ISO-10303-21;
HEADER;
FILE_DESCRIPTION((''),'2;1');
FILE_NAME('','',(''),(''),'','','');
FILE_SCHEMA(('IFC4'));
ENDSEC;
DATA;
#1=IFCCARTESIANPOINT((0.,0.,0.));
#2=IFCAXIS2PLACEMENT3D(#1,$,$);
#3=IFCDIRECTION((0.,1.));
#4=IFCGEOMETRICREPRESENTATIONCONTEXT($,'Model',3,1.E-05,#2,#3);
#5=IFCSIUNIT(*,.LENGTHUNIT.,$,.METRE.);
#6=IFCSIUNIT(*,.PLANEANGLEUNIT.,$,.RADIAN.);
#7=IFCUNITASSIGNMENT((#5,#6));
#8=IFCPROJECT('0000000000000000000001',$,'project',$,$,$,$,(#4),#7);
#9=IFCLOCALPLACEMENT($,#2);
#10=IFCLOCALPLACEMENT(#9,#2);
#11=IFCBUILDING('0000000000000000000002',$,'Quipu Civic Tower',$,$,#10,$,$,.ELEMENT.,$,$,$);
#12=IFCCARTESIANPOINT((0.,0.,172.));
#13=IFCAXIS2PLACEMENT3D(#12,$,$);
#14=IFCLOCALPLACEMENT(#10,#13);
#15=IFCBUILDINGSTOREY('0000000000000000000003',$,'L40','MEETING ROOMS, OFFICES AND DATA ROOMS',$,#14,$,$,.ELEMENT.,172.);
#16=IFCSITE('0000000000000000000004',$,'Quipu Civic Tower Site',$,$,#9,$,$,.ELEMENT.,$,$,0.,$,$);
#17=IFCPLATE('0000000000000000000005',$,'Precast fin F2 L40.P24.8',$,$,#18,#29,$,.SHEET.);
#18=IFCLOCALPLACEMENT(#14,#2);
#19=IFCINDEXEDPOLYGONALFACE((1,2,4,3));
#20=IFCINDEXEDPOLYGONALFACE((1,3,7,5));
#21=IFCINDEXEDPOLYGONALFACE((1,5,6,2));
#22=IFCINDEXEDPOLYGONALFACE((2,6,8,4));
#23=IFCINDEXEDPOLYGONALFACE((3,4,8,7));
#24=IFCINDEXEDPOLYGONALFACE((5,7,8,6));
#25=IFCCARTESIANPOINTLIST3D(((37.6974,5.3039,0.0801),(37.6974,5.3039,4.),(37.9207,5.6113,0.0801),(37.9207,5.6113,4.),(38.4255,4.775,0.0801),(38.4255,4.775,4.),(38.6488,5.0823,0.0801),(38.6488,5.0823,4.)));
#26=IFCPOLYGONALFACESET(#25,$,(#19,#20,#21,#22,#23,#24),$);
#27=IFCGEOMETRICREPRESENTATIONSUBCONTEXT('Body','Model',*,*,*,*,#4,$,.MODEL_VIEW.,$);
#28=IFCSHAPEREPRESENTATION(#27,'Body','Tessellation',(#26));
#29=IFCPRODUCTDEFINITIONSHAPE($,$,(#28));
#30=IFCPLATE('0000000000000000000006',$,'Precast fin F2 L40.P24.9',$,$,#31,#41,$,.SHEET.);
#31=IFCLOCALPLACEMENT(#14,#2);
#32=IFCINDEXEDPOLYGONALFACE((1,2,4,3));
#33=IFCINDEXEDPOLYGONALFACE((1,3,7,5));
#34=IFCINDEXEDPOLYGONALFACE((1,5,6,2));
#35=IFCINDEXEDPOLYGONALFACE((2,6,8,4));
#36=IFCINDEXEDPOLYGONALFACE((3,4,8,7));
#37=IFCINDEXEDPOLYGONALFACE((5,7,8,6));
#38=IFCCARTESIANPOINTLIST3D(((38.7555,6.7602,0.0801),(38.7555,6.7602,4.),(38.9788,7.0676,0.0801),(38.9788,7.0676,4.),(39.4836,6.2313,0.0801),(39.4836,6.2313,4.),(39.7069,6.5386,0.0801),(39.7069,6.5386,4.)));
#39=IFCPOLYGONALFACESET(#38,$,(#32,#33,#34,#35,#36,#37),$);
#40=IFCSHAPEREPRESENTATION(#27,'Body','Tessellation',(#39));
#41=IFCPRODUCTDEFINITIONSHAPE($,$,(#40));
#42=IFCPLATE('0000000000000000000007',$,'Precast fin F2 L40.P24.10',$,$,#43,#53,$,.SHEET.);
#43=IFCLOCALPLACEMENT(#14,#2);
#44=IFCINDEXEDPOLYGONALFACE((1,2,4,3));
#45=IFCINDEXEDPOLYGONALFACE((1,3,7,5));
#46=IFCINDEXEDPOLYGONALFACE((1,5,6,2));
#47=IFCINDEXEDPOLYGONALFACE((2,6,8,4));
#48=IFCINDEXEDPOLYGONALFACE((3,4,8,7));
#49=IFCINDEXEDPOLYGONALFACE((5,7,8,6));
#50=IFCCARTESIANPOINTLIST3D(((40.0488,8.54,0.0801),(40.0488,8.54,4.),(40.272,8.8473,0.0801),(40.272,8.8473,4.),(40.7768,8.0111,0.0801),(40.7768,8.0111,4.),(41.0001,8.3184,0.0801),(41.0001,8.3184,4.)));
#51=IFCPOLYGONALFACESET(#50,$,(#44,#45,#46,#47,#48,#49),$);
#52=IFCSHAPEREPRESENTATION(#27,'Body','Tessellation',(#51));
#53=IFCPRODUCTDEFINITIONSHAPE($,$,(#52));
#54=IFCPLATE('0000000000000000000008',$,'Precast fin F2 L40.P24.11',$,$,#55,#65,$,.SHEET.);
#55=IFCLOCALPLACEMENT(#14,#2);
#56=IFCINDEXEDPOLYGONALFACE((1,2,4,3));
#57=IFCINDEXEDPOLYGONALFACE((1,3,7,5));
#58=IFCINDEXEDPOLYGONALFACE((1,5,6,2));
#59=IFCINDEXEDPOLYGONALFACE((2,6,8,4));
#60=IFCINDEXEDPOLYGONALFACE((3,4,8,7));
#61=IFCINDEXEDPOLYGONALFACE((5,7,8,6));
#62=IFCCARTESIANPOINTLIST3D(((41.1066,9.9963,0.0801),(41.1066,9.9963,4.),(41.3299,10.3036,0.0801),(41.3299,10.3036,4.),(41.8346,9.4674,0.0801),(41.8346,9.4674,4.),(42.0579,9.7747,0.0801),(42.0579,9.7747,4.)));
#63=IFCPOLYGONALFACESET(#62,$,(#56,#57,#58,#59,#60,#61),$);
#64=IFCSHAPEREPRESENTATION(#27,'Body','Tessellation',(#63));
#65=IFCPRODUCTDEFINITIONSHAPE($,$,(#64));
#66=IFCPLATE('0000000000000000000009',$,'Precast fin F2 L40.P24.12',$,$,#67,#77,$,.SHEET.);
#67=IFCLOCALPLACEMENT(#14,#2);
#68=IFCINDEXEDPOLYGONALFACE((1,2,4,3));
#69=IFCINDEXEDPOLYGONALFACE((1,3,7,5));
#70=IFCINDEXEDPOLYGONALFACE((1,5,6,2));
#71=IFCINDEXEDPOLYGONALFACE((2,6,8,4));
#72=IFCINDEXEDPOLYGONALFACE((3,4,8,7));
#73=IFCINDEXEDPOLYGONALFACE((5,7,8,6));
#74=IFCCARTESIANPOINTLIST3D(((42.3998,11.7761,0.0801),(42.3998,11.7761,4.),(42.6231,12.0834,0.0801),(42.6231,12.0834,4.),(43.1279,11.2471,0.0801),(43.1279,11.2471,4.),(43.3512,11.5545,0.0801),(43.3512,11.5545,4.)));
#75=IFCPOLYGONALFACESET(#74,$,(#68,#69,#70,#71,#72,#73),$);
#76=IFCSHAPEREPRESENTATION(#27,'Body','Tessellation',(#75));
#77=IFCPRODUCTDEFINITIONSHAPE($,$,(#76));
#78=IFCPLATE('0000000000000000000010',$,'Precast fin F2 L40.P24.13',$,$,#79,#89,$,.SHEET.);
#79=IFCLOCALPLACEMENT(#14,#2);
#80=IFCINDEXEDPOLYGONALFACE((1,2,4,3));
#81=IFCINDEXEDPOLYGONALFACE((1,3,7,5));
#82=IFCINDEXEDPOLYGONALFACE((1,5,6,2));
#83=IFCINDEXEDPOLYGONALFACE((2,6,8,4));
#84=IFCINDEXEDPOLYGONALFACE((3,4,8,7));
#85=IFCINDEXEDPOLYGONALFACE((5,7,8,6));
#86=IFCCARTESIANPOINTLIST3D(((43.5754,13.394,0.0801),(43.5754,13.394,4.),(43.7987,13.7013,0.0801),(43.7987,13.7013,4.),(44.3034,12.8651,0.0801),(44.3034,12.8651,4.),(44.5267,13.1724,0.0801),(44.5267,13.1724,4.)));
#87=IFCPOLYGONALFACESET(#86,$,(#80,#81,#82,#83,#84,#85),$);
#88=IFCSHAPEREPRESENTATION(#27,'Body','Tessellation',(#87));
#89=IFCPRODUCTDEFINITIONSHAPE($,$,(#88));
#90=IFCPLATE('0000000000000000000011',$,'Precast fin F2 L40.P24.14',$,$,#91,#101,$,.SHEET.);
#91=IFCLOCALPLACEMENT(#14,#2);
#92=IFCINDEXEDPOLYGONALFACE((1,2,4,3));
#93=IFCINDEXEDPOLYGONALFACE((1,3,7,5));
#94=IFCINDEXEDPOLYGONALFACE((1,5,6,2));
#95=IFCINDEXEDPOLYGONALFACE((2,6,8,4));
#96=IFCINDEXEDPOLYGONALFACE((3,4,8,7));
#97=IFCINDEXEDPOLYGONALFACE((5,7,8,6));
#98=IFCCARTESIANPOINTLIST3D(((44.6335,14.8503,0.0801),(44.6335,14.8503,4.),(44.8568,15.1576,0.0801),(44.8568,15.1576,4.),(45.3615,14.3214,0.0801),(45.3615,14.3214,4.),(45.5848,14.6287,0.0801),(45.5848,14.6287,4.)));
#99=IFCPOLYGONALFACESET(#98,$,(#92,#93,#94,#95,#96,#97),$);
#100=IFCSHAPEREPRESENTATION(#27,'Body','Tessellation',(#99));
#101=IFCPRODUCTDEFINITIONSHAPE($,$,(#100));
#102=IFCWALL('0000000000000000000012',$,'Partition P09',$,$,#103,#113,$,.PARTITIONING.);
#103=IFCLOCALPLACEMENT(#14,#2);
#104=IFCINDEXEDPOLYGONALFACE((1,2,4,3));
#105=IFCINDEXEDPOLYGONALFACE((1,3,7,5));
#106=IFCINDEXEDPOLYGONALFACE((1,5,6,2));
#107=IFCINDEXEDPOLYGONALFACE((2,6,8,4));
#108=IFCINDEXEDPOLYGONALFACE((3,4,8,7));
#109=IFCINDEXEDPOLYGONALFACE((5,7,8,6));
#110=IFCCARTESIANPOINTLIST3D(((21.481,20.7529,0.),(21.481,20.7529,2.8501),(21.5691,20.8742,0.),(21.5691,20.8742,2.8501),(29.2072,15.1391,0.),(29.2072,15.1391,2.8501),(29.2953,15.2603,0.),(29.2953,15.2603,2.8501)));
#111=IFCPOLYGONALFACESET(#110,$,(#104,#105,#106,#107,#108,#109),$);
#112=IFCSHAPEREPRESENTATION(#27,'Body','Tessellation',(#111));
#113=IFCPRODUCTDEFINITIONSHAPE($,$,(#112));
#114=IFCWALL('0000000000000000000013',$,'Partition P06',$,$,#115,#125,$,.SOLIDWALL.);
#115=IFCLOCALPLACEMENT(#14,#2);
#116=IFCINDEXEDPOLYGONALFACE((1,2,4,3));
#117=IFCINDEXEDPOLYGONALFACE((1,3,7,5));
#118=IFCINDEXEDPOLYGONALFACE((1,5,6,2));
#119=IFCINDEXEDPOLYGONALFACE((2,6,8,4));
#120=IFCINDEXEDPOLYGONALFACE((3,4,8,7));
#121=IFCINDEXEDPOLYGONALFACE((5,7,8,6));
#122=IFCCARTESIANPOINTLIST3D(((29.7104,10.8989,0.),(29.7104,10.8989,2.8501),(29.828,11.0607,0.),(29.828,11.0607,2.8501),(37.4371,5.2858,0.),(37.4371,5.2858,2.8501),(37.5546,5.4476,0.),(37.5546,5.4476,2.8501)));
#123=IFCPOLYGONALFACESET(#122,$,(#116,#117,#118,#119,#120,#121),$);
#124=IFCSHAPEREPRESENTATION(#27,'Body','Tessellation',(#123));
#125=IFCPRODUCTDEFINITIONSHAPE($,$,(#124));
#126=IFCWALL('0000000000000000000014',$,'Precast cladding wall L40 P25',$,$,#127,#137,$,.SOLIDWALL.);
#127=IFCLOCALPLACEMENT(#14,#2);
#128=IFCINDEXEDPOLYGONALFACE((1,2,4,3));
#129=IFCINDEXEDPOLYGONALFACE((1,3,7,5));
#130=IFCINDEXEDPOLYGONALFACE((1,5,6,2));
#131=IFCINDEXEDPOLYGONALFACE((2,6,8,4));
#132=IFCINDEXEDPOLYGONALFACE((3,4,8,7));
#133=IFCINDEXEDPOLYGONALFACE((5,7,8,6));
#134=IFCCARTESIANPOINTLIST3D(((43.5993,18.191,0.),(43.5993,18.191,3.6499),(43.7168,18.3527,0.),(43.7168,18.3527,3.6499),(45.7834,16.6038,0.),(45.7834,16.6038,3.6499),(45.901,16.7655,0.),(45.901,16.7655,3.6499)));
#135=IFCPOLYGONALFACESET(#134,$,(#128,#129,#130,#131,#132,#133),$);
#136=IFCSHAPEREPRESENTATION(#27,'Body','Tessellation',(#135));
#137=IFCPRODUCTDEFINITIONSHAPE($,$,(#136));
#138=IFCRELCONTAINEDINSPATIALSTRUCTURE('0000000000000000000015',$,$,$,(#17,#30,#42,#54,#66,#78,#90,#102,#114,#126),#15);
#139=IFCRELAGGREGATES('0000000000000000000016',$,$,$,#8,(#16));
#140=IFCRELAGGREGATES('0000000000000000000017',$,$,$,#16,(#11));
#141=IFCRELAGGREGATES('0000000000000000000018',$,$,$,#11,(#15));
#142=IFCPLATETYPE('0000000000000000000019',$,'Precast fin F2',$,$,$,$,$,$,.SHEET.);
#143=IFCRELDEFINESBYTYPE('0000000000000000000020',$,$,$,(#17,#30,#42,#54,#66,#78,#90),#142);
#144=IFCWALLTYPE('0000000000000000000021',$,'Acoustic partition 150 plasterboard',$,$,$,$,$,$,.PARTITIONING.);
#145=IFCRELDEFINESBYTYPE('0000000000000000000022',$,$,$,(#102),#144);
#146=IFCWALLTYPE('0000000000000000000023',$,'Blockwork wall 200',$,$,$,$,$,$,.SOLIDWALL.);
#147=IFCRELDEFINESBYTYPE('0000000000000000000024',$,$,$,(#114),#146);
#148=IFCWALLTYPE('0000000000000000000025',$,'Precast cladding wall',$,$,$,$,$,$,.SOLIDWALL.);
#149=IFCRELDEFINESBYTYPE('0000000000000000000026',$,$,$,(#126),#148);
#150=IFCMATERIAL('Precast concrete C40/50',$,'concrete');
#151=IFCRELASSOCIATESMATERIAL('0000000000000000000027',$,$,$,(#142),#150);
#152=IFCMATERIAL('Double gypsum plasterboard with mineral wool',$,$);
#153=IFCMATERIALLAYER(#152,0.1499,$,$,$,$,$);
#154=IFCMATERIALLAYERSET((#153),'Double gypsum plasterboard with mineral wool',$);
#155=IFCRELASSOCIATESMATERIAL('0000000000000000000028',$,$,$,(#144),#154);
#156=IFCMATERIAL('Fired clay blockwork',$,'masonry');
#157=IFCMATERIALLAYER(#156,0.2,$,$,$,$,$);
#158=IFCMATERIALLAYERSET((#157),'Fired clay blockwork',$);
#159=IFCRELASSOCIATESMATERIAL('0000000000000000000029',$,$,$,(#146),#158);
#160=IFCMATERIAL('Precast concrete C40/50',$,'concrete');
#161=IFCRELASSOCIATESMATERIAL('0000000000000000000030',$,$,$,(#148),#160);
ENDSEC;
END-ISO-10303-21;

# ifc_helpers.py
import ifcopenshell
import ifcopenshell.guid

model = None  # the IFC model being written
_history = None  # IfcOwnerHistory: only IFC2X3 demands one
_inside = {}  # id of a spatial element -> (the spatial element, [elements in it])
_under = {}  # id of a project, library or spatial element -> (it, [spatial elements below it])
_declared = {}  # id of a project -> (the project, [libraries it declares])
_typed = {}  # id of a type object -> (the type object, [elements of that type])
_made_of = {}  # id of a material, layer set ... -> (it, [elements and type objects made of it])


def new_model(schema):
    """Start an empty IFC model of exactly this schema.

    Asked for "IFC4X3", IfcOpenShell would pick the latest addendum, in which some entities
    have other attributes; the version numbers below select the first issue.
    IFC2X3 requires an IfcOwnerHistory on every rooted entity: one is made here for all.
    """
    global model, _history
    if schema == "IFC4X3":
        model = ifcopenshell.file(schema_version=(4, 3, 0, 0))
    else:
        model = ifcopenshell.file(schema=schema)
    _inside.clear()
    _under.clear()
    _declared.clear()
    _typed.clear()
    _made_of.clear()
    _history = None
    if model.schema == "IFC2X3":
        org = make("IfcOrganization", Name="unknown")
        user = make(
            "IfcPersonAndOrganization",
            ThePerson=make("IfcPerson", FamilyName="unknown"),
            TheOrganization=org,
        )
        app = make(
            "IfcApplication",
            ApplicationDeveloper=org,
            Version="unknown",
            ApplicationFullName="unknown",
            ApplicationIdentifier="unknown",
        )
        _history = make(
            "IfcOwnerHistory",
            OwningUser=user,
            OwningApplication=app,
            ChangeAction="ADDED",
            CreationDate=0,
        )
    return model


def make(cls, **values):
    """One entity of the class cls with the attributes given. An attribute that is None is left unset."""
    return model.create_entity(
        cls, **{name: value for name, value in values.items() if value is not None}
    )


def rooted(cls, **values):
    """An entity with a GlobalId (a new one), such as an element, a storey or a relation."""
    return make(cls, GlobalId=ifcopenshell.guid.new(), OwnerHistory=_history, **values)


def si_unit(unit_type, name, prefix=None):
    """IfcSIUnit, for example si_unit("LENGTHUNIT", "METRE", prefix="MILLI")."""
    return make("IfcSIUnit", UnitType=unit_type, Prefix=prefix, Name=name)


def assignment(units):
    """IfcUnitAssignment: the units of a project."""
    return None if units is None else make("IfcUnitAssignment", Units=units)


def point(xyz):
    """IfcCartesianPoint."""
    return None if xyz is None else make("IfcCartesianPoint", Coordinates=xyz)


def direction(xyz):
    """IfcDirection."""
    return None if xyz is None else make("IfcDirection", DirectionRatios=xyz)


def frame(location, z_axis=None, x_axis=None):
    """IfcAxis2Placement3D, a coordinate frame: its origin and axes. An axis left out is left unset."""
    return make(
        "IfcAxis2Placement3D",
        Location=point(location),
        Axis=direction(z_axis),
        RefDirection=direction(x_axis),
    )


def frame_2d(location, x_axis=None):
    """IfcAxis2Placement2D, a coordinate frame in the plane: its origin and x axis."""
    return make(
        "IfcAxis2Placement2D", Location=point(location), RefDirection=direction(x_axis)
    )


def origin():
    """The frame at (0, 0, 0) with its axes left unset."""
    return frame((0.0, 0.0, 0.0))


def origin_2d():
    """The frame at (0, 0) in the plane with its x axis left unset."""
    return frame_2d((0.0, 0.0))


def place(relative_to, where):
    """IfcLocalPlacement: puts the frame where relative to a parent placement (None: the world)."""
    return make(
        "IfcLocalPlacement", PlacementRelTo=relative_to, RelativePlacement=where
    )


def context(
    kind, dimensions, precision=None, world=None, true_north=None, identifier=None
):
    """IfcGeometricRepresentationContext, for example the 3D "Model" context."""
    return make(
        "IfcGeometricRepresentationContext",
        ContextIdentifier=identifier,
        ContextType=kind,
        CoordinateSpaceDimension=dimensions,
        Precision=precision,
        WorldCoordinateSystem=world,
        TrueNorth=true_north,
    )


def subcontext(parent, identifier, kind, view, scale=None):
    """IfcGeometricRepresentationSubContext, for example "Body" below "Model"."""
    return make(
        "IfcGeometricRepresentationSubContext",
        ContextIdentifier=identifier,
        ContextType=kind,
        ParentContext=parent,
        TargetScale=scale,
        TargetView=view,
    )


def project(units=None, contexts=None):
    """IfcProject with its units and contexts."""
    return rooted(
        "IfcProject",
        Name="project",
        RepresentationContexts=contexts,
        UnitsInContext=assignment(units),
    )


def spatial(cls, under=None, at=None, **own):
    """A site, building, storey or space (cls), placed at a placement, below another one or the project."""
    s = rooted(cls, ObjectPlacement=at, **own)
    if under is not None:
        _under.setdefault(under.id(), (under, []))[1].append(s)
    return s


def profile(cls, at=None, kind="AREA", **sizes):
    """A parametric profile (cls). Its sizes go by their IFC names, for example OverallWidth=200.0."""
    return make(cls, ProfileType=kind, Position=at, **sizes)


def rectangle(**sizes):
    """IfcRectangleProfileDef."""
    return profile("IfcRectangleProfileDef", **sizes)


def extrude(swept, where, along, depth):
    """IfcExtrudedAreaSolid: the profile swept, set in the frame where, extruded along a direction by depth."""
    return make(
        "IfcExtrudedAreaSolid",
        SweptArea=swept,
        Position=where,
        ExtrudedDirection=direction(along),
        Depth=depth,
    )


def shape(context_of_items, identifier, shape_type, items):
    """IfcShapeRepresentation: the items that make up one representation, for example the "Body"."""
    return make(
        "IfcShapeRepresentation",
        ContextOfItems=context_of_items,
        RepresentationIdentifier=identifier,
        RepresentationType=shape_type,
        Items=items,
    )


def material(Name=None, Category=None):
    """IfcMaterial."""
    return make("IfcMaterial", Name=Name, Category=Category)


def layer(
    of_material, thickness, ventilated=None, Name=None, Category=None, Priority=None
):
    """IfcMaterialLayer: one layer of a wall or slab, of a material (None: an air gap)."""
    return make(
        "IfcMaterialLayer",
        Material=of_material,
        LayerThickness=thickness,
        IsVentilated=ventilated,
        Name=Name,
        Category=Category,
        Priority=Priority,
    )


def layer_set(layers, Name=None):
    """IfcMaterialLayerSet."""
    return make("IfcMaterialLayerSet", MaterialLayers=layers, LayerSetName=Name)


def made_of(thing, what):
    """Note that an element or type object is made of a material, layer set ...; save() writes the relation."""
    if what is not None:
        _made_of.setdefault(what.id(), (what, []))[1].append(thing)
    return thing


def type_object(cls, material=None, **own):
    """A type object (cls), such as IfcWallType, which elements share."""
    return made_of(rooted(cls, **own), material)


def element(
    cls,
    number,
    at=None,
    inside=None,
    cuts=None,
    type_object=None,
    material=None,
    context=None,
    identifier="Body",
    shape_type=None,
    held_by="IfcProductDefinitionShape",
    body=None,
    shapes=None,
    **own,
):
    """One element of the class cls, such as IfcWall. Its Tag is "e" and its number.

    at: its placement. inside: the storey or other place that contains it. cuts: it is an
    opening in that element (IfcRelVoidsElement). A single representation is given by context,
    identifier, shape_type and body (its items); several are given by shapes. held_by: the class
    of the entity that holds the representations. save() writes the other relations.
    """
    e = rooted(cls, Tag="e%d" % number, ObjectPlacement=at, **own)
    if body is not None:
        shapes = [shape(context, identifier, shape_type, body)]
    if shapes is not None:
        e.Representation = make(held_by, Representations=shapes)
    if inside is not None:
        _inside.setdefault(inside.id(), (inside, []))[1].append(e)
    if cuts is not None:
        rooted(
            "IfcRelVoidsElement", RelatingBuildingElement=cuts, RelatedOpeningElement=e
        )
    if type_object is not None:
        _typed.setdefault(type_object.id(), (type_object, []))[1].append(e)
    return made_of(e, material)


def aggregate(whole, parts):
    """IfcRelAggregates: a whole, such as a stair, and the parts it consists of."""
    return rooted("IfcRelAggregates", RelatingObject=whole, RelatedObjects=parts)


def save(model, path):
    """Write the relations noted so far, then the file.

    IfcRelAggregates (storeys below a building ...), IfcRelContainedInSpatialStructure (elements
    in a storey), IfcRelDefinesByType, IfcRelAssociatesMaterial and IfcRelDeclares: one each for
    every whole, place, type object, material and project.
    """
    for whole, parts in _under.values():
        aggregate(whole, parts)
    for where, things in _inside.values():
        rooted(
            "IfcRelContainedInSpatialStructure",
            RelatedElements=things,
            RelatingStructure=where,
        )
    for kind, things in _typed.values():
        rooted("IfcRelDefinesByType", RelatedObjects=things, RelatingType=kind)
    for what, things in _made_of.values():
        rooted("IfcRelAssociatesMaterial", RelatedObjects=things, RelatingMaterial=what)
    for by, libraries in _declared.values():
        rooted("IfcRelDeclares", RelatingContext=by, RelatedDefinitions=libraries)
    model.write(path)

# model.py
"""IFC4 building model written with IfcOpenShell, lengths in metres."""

from ifc_helpers import new_model, si_unit, direction, frame, frame_2d, origin, origin_2d, place, context, subcontext, project, spatial, rectangle, extrude, material, layer, layer_set, type_object, element, save


model = new_model("IFC4")

# Units and contexts
model_context = context("Model", 3, precision=1e-05, world=origin(), true_north=direction((0.0, 1.0)))
body_context = subcontext(model_context, "Body", "Model", "MODEL_VIEW")
ifc_project = project(units=[si_unit("LENGTHUNIT", "METRE"), si_unit("PLANEANGLEUNIT", "RADIAN")], contexts=[model_context])

# Site, building, storey
site_placement = place(None, origin())
site = spatial("IfcSite", under=ifc_project, at=site_placement, Name="Quipu Civic Tower Site", CompositionType="ELEMENT", RefElevation=0.0)
building_placement = place(site_placement, origin())
building = spatial("IfcBuilding", under=site, at=building_placement, Name="Quipu Civic Tower", CompositionType="ELEMENT")
storey_placement = place(building_placement, frame((0.0, 0.0, 172.0)))
storey = spatial("IfcBuildingStorey", under=building, at=storey_placement, Name="L40", Description="MEETING ROOMS, OFFICES AND DATA ROOMS", CompositionType="ELEMENT", Elevation=172.0)

# Plates
ifc_material_1 = material(Name="Precast concrete C40/50", Category="concrete")
plate_type_1 = type_object("IfcPlateType", Name="Precast fin F2", PredefinedType="SHEET", material=ifc_material_1)
for number, where, z_axis, x_axis, name in (
    (1, (38.1731, 5.1931, 0.0801), (0.0, 0.0, 1.0), (0.587786, 0.809017, 0.0), "Precast fin F2 L40.P24.8"),
    (2, (39.2312, 6.6494, 0.0801), (0.0, 0.0, 1.0), (0.587786, 0.809017, 0.0), "Precast fin F2 L40.P24.9"),
    (3, (40.5244, 8.4292, 0.0801), (0.0, 0.0, 1.0), (0.587786, 0.809017, 0.0), "Precast fin F2 L40.P24.10"),
    (4, (41.5823, 9.8855, 0.0801), (0.0, 0.0, 1.0), (0.587786, 0.809017, 0.0), "Precast fin F2 L40.P24.11"),
    (5, (42.8755, 11.6653, 0.0801), (0.0, 0.0, 1.0), (0.587786, 0.809017, 0.0), "Precast fin F2 L40.P24.12"),
    (6, (44.051, 13.2832, 0.0801), (0.0, 0.0, 1.0), (0.587786, 0.809017, 0.0), "Precast fin F2 L40.P24.13"),
    (7, (45.1091, 14.7395, 0.0801), (0.0, 0.0, 1.0), (0.587786, 0.809017, 0.0), "Precast fin F2 L40.P24.14"),
):
    element("IfcPlate", number, at=place(storey_placement, frame(where, z_axis=z_axis, x_axis=x_axis)), inside=storey, type_object=plate_type_1, Name=name, PredefinedType="SHEET", context=body_context, shape_type="SweptSolid", body=[
        extrude(rectangle(XDim=0.3799, YDim=0.8999, at=origin_2d()), origin(), (0.0, 0.0, 1.0), 3.9199),
    ])

# Walls
ifc_material_2 = material(Name="Double gypsum plasterboard with mineral wool")
ifc_layer_1 = layer(ifc_material_2, 0.1499)
ifc_layer_set_1 = layer_set([ifc_layer_1], Name="Double gypsum plasterboard with mineral wool")
wall_type_1 = type_object("IfcWallType", Name="Acoustic partition 150 plasterboard", PredefinedType="PARTITIONING", material=ifc_layer_set_1)
wall_1_placement = place(storey_placement, frame((29.2512, 15.1997, 0.0), z_axis=(0.0, 0.0, 1.0), x_axis=(-0.808995, 0.587816, 0.0)))
element("IfcWall", 8, at=wall_1_placement, inside=storey, type_object=wall_type_1, Name="Partition P09", PredefinedType="PARTITIONING", context=body_context, shape_type="SweptSolid", body=[
    extrude(rectangle(XDim=9.5503, YDim=0.1499, at=frame_2d((4.7751, 0.0))), origin(), (0.0, 0.0, 1.0), 2.8501),
])
ifc_material_3 = material(Name="Fired clay blockwork", Category="masonry")
ifc_layer_2 = layer(ifc_material_3, 0.2)
ifc_layer_set_2 = layer_set([ifc_layer_2], Name="Fired clay blockwork")
wall_type_2 = type_object("IfcWallType", Name="Blockwork wall 200", PredefinedType="SOLIDWALL", material=ifc_layer_set_2)
wall_2_placement = place(storey_placement, frame((37.4958, 5.3667, 0.0), z_axis=(0.0, 0.0, 1.0), x_axis=(-0.809049, 0.587741, 0.0)))
element("IfcWall", 9, at=wall_2_placement, inside=storey, type_object=wall_type_2, Name="Partition P06", PredefinedType="SOLIDWALL", context=body_context, shape_type="SweptSolid", body=[
    extrude(rectangle(XDim=9.5503, YDim=0.2, at=frame_2d((4.7751, 0.0))), origin(), (0.0, 0.0, 1.0), 2.8501),
])
ifc_material_4 = material(Name="Precast concrete C40/50", Category="concrete")
wall_type_3 = type_object("IfcWallType", Name="Precast cladding wall", PredefinedType="SOLIDWALL", material=ifc_material_4)
wall_3_placement = place(storey_placement, frame((45.8423, 16.6846, 0.0), z_axis=(0.0, 0.0, 1.0), x_axis=(-0.808959, 0.587865, 0.0)))
element("IfcWall", 10, at=wall_3_placement, inside=storey, type_object=wall_type_3, Name="Precast cladding wall L40 P25", PredefinedType="SOLIDWALL", context=body_context, shape_type="SweptSolid", body=[
    extrude(rectangle(XDim=2.7, YDim=0.2, at=frame_2d((1.3501, 0.0))), origin(), (0.0, 0.0, 1.0), 3.6499),
])

save(model, "model.ifc")
